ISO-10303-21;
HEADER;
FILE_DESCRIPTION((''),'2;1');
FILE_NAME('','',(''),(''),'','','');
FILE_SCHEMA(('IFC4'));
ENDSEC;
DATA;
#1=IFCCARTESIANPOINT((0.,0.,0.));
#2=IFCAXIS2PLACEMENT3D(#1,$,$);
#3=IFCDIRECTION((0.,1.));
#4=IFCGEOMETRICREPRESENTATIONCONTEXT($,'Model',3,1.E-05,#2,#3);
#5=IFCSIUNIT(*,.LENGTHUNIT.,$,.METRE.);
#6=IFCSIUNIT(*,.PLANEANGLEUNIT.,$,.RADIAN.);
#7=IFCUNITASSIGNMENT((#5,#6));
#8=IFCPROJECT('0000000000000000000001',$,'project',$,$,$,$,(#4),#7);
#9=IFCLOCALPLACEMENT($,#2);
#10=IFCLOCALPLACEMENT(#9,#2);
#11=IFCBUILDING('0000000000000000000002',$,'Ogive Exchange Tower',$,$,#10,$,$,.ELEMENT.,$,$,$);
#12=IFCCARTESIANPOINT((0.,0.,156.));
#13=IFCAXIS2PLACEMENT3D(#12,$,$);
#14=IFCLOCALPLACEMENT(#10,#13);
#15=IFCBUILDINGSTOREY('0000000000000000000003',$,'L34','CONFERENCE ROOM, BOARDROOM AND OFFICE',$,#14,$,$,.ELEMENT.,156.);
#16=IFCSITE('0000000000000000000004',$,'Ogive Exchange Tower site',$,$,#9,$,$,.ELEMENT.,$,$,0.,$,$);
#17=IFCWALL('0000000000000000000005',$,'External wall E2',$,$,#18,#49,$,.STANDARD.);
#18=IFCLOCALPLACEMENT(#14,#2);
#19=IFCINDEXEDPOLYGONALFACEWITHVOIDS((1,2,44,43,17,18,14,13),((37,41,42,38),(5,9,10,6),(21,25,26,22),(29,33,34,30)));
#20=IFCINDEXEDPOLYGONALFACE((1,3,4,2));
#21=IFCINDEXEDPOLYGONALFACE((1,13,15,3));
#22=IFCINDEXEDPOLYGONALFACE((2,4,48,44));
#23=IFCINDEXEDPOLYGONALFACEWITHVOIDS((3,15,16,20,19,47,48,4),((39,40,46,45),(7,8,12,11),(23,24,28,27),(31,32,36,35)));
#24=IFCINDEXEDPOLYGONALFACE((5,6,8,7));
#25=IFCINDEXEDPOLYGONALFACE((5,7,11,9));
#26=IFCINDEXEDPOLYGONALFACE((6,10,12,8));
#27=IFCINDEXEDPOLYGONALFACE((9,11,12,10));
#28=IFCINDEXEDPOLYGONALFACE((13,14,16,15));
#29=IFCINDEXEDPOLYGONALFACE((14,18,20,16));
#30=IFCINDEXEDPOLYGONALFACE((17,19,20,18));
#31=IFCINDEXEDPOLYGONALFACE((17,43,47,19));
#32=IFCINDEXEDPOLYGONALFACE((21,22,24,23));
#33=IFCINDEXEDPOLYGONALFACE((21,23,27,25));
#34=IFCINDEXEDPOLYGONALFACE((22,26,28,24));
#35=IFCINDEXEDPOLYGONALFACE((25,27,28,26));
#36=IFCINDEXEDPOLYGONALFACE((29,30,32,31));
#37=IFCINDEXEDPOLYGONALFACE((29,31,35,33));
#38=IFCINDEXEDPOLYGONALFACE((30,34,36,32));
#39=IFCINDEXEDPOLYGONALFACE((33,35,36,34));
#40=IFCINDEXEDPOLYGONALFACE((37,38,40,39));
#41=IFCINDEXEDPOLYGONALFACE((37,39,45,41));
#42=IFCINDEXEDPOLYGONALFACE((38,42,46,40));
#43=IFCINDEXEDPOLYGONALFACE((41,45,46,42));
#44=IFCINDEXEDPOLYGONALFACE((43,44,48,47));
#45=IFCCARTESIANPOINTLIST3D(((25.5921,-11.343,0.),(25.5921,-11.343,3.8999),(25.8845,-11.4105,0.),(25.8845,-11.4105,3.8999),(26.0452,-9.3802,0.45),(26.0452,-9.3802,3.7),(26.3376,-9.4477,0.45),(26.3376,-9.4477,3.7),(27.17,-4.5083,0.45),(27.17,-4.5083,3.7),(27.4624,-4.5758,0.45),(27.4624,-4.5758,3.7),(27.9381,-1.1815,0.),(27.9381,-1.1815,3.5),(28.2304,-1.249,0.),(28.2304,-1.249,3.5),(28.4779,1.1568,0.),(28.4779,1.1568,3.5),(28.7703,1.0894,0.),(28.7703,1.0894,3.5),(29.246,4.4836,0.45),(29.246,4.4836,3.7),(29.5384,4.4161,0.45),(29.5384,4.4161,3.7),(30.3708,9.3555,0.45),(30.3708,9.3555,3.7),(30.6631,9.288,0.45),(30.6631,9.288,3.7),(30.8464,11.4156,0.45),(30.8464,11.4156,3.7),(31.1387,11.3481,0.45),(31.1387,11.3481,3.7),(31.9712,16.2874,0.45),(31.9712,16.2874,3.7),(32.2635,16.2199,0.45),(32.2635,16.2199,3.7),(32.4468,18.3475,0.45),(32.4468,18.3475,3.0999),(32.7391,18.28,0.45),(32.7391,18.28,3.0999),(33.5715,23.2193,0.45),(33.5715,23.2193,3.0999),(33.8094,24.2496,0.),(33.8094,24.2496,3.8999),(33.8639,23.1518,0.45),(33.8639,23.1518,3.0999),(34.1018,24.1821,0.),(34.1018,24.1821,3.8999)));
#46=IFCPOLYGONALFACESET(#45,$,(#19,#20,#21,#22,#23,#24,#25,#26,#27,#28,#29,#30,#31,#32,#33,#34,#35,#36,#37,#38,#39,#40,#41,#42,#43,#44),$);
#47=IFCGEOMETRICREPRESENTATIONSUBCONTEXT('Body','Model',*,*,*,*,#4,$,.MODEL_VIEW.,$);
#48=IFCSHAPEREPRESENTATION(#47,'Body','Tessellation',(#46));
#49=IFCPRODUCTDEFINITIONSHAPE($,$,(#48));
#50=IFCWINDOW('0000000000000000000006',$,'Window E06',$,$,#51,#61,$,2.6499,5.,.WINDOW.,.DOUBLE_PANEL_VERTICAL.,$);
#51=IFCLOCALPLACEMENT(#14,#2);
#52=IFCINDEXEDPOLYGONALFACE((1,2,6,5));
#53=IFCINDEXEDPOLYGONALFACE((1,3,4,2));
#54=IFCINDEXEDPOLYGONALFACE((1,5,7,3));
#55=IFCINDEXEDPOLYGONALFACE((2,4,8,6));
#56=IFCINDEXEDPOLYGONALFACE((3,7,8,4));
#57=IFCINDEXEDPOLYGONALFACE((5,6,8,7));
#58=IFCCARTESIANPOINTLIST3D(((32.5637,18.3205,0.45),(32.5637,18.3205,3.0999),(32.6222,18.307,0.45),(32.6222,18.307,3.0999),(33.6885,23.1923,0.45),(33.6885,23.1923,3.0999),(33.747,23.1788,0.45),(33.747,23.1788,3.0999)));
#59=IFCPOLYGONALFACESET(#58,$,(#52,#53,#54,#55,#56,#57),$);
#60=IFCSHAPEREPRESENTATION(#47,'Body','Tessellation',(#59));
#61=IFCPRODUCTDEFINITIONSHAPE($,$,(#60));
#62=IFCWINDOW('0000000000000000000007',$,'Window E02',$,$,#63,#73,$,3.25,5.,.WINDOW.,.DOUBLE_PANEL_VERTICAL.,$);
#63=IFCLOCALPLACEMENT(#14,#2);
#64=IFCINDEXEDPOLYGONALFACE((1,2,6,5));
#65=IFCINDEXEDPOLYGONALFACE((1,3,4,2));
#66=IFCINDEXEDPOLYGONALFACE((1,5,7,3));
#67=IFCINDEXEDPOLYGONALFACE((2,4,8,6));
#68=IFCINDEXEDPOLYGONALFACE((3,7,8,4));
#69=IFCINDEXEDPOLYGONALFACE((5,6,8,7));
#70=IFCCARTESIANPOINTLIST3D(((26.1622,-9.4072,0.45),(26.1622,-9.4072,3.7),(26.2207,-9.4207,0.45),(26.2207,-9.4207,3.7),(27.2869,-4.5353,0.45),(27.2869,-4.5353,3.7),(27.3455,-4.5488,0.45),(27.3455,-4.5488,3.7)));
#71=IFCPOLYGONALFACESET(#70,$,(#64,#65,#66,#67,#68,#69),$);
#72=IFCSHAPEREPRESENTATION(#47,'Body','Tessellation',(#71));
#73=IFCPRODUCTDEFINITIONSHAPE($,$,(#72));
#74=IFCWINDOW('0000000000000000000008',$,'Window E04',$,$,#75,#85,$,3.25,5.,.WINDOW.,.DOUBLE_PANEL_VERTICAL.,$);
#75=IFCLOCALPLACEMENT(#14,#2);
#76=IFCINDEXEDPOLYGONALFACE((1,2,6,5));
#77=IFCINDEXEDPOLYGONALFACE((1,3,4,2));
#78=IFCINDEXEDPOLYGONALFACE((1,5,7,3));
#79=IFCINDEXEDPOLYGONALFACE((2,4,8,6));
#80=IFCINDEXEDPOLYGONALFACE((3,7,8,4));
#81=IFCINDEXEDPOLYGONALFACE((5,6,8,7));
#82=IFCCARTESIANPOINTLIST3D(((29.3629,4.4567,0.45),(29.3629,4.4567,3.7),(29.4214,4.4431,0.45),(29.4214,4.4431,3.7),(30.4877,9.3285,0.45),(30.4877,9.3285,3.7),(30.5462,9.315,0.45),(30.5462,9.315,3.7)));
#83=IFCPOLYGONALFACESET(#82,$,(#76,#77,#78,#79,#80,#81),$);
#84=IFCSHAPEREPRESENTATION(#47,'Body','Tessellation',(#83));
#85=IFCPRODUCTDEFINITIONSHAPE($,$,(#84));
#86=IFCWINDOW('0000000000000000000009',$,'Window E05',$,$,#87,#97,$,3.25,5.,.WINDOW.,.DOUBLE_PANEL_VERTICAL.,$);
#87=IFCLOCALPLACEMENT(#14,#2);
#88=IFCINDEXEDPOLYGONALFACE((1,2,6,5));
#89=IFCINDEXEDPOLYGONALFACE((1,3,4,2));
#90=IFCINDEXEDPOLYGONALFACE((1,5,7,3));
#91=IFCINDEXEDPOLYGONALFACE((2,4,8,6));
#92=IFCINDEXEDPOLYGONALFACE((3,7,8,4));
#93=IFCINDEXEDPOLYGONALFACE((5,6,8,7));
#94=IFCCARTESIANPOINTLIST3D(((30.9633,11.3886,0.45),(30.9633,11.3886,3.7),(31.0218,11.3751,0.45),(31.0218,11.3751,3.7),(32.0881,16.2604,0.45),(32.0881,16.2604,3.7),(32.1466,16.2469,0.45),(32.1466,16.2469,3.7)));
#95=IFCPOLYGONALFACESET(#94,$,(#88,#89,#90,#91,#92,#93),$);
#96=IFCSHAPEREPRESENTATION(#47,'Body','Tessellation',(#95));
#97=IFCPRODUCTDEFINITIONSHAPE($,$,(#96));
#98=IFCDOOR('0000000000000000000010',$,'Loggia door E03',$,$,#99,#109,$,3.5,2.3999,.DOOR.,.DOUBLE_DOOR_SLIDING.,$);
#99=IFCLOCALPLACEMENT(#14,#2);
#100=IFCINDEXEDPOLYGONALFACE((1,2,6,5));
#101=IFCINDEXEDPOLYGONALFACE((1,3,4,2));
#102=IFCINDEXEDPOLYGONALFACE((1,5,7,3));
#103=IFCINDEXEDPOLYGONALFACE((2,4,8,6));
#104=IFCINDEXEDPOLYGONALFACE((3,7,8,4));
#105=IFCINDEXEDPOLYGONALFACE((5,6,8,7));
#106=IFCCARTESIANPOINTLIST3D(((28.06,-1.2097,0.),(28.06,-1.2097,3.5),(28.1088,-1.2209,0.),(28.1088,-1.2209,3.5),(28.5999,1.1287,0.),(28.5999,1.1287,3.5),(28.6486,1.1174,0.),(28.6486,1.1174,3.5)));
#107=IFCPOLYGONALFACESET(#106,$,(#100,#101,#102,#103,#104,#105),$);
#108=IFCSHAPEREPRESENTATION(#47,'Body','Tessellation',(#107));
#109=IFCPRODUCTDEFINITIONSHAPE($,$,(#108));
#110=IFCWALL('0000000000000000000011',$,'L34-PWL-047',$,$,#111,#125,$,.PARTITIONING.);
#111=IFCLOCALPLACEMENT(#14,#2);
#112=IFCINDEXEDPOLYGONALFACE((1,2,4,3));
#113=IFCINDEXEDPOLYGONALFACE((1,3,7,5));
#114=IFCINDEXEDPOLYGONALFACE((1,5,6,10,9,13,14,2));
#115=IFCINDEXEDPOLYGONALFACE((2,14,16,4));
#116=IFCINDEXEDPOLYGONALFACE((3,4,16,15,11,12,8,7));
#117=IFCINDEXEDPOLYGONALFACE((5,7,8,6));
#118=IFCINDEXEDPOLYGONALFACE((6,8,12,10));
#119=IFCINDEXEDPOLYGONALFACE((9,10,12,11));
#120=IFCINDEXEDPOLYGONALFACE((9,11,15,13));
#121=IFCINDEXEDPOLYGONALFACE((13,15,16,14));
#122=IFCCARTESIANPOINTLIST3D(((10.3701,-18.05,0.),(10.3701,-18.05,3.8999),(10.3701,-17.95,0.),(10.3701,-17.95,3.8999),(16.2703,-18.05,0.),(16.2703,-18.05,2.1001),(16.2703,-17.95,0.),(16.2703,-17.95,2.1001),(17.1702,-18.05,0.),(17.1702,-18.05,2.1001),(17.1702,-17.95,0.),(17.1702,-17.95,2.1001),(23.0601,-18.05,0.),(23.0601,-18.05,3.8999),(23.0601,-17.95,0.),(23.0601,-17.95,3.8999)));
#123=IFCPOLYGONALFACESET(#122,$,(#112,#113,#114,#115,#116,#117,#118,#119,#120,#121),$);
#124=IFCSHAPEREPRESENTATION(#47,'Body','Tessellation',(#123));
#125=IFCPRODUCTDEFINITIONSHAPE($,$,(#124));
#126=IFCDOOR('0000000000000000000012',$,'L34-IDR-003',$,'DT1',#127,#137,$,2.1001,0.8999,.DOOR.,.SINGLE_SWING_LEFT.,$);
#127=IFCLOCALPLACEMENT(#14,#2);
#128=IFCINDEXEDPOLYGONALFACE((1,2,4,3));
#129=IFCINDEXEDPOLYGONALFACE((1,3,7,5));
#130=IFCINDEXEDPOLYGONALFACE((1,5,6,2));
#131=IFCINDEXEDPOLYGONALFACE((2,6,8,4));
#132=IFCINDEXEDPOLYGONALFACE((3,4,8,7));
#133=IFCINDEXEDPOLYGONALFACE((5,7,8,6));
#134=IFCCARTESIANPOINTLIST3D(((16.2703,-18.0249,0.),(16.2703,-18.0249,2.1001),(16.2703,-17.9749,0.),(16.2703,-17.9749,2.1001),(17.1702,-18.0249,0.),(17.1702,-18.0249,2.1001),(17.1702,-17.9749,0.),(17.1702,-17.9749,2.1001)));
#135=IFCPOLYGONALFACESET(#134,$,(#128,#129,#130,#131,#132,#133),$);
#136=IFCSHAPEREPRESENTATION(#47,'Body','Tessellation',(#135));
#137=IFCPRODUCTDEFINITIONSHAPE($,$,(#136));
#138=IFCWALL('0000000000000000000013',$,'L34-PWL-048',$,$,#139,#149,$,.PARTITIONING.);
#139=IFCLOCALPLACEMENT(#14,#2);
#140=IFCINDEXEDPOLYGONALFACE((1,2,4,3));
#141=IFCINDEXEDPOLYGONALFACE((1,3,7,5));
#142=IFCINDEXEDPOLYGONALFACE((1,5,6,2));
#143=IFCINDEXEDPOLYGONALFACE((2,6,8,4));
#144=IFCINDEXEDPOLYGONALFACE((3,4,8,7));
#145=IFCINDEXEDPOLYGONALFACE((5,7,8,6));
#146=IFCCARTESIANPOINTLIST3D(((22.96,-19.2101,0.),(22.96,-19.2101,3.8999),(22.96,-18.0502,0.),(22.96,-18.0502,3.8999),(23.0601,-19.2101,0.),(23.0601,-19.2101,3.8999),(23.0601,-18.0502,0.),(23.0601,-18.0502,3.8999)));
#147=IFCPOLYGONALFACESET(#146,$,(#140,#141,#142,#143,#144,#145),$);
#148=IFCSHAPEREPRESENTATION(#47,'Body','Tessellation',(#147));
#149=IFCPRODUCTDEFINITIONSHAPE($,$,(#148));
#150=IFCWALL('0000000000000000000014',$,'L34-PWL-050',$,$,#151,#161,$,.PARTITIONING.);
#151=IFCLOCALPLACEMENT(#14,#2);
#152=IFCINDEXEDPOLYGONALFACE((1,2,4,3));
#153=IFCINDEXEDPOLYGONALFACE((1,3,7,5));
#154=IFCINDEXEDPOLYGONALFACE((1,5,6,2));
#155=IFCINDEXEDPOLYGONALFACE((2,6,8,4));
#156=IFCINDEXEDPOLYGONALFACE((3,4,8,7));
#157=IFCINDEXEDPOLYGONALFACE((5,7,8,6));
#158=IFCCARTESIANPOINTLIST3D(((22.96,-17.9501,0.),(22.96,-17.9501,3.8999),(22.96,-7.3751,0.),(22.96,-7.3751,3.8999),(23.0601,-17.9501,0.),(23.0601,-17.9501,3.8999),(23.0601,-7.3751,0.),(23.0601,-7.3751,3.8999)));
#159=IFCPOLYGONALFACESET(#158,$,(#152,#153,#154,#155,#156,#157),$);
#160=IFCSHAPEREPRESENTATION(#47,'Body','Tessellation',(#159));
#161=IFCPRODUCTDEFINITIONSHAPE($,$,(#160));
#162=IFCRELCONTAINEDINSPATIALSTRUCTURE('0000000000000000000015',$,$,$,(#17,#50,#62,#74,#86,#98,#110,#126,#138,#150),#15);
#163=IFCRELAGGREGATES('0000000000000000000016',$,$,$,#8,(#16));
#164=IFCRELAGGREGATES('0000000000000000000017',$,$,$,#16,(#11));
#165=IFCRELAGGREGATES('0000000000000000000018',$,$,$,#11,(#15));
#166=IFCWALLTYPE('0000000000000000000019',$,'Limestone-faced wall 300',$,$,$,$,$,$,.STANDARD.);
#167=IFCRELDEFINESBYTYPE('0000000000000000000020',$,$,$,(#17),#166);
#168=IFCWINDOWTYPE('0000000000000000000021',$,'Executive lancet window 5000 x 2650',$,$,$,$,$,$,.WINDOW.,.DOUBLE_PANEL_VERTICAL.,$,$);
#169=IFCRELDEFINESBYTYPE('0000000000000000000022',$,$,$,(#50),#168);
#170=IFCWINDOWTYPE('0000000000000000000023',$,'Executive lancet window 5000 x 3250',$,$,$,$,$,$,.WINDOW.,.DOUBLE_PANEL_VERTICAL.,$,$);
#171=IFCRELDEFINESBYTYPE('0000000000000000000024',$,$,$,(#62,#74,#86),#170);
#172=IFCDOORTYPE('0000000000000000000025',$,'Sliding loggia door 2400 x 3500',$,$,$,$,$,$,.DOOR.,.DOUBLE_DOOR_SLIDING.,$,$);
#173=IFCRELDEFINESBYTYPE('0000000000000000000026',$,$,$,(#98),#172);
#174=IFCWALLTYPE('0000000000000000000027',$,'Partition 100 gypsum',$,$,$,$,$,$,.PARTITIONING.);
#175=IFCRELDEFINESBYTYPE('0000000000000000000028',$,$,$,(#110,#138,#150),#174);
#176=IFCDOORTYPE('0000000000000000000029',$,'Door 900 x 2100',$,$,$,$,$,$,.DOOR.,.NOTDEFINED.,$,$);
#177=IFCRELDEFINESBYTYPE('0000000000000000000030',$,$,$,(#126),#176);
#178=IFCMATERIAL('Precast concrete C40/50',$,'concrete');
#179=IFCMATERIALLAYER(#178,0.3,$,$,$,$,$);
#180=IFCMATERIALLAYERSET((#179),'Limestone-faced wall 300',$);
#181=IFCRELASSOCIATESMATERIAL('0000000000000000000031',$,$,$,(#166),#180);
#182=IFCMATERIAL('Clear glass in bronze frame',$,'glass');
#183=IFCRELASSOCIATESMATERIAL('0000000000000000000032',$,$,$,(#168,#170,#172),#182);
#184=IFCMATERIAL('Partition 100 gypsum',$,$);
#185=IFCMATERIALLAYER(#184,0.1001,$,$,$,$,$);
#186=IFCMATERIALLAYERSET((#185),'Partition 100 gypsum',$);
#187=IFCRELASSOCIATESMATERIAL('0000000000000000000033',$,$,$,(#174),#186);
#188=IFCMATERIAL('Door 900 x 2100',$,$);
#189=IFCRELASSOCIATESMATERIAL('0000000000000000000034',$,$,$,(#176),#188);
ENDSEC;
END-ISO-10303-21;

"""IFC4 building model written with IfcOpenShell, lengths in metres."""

from ifc_helpers import new_model, si_unit, direction, frame, frame_2d, origin, place, context, subcontext, project, spatial, rectangle, extrude, material, layer, layer_set, type_object, element, fill, save


model = new_model("IFC4")

# Units and contexts
model_context = context("Model", 3, precision=1e-05, world=origin(), true_north=direction((0.0, 1.0)))
body_context = subcontext(model_context, "Body", "Model", "MODEL_VIEW")
ifc_project = project(units=[si_unit("LENGTHUNIT", "METRE"), si_unit("PLANEANGLEUNIT", "RADIAN")], contexts=[model_context])

# Site, building, storey
site_placement = place(None, origin())
site = spatial("IfcSite", under=ifc_project, at=site_placement, Name="Ogive Exchange Tower site", CompositionType="ELEMENT", RefElevation=0.0)
building_placement = place(site_placement, origin())
building = spatial("IfcBuilding", under=site, at=building_placement, Name="Ogive Exchange Tower", CompositionType="ELEMENT")
storey_placement = place(building_placement, frame((0.0, 0.0, 156.0)))
storey = spatial("IfcBuildingStorey", under=building, at=storey_placement, Name="L34", Description="CONFERENCE ROOM, BOARDROOM AND OFFICE", CompositionType="ELEMENT", Elevation=156.0)

# Shared definitions
ifc_material_1 = material(Name="Precast concrete C40/50", Category="concrete")
ifc_layer_1 = layer(ifc_material_1, 0.3)
ifc_layer_set_1 = layer_set([ifc_layer_1], Name="Limestone-faced wall 300")
wall_type_1 = type_object("IfcWallType", Name="Limestone-faced wall 300", PredefinedType="STANDARD", material=ifc_layer_set_1)
ifc_material_2 = material(Name="Clear glass in bronze frame", Category="glass")

# Wall, openings, windows, door
wall_1_placement = place(storey_placement, frame((25.7383, -11.3767, 0.0), z_axis=(0.0, 0.0, 1.0), x_axis=(0.224954, 0.974369, 0.0)))
wall_1 = element("IfcWall", 1, at=wall_1_placement, inside=storey, type_object=wall_type_1, Name="External wall E2", PredefinedType="STANDARD", context=body_context, shape_type="SweptSolid", body=[
    extrude(rectangle(XDim=36.5288, YDim=0.3, at=frame_2d((18.2644, 0.0))), origin(), (0.0, 0.0, 1.0), 3.8999),
])
opening_1_placement = place(wall_1_placement, frame((2.0144, 0.0, 0.45)))
opening_1 = element("IfcOpeningElement", 2, at=opening_1_placement, cuts=wall_1, PredefinedType="OPENING", context=body_context, shape_type="SweptSolid", body=[
    extrude(rectangle(XDim=5.0, YDim=3.25, at=frame_2d((2.5, 1.625))), frame((0.0, 0.1599, 0.0), z_axis=(0.0, -1.0, 0.0), x_axis=(1.0, 0.0, 0.0)), (0.0, 0.0, 1.0), 0.3201),
])
opening_2_placement = place(wall_1_placement, frame((10.4287, 0.0, 0.0)))
opening_2 = element("IfcOpeningElement", 3, at=opening_2_placement, cuts=wall_1, PredefinedType="OPENING", context=body_context, shape_type="SweptSolid", body=[
    extrude(rectangle(XDim=2.3999, YDim=3.5, at=frame_2d((1.2, 1.75))), frame((0.0, 0.1599, 0.0), z_axis=(0.0, -1.0, 0.0), x_axis=(1.0, 0.0, 0.0)), (0.0, 0.0, 1.0), 0.3201),
])
opening_3_placement = place(wall_1_placement, frame((16.2429, 0.0, 0.45)))
opening_3 = element("IfcOpeningElement", 4, at=opening_3_placement, cuts=wall_1, PredefinedType="OPENING", context=body_context, shape_type="SweptSolid", body=[
    extrude(rectangle(XDim=5.0, YDim=3.25, at=frame_2d((2.5, 1.625))), frame((0.0, 0.1599, 0.0), z_axis=(0.0, -1.0, 0.0), x_axis=(1.0, 0.0, 0.0)), (0.0, 0.0, 1.0), 0.3201),
])
opening_4_placement = place(wall_1_placement, frame((23.3572, 0.0, 0.45)))
opening_4 = element("IfcOpeningElement", 5, at=opening_4_placement, cuts=wall_1, PredefinedType="OPENING", context=body_context, shape_type="SweptSolid", body=[
    extrude(rectangle(XDim=5.0, YDim=3.25, at=frame_2d((2.5, 1.625))), frame((0.0, 0.1599, 0.0), z_axis=(0.0, -1.0, 0.0), x_axis=(1.0, 0.0, 0.0)), (0.0, 0.0, 1.0), 0.3201),
])
opening_5_placement = place(wall_1_placement, frame((30.4714, 0.0, 0.45)))
opening_5 = element("IfcOpeningElement", 6, at=opening_5_placement, cuts=wall_1, PredefinedType="OPENING", context=body_context, shape_type="SweptSolid", body=[
    extrude(rectangle(XDim=5.0, YDim=2.6499, at=frame_2d((2.5, 1.325))), frame((0.0, 0.1599, 0.0), z_axis=(0.0, -1.0, 0.0), x_axis=(1.0, 0.0, 0.0)), (0.0, 0.0, 1.0), 0.3201),
])
window_type_1 = type_object("IfcWindowType", Name="Executive lancet window 5000 x 2650", PartitioningType="DOUBLE_PANEL_VERTICAL", PredefinedType="WINDOW", material=ifc_material_2)
window_1_placement = place(opening_5_placement, origin())
window_1 = element("IfcWindow", 7, at=window_1_placement, inside=storey, type_object=window_type_1, Name="Window E06", OverallHeight=2.6499, OverallWidth=5.0, PartitioningType="DOUBLE_PANEL_VERTICAL", PredefinedType="WINDOW", context=body_context, shape_type="SweptSolid", body=[
    extrude(rectangle(XDim=5.0, YDim=2.6499, at=frame_2d((2.5, 1.325))), frame((0.0, 0.03, 0.0), z_axis=(0.0, -1.0, 0.0), x_axis=(1.0, 0.0, 0.0)), (0.0, 0.0, 1.0), 0.0601),
])
fill(opening_5, window_1)
window_type_2 = type_object("IfcWindowType", Name="Executive lancet window 5000 x 3250", PartitioningType="DOUBLE_PANEL_VERTICAL", PredefinedType="WINDOW", material=ifc_material_2)
window_2_placement = place(opening_1_placement, origin())
window_2 = element("IfcWindow", 8, at=window_2_placement, inside=storey, type_object=window_type_2, Name="Window E02", OverallHeight=3.25, OverallWidth=5.0, PartitioningType="DOUBLE_PANEL_VERTICAL", PredefinedType="WINDOW", context=body_context, shape_type="SweptSolid", body=[
    extrude(rectangle(XDim=5.0, YDim=3.25, at=frame_2d((2.5, 1.625))), frame((0.0, 0.03, 0.0), z_axis=(0.0, -1.0, 0.0), x_axis=(1.0, 0.0, 0.0)), (0.0, 0.0, 1.0), 0.0601),
])
fill(opening_1, window_2)
window_3_placement = place(opening_3_placement, origin())
window_3 = element("IfcWindow", 9, at=window_3_placement, inside=storey, type_object=window_type_2, Name="Window E04", OverallHeight=3.25, OverallWidth=5.0, PartitioningType="DOUBLE_PANEL_VERTICAL", PredefinedType="WINDOW", context=body_context, shape_type="SweptSolid", body=[
    extrude(rectangle(XDim=5.0, YDim=3.25, at=frame_2d((2.5, 1.625))), frame((0.0, 0.03, 0.0), z_axis=(0.0, -1.0, 0.0), x_axis=(1.0, 0.0, 0.0)), (0.0, 0.0, 1.0), 0.0601),
])
fill(opening_3, window_3)
window_4_placement = place(opening_4_placement, origin())
window_4 = element("IfcWindow", 10, at=window_4_placement, inside=storey, type_object=window_type_2, Name="Window E05", OverallHeight=3.25, OverallWidth=5.0, PartitioningType="DOUBLE_PANEL_VERTICAL", PredefinedType="WINDOW", context=body_context, shape_type="SweptSolid", body=[
    extrude(rectangle(XDim=5.0, YDim=3.25, at=frame_2d((2.5, 1.625))), frame((0.0, 0.03, 0.0), z_axis=(0.0, -1.0, 0.0), x_axis=(1.0, 0.0, 0.0)), (0.0, 0.0, 1.0), 0.0601),
])
fill(opening_4, window_4)
door_type_1 = type_object("IfcDoorType", Name="Sliding loggia door 2400 x 3500", OperationType="DOUBLE_DOOR_SLIDING", PredefinedType="DOOR", material=ifc_material_2)
door_1_placement = place(opening_2_placement, origin())
door_1 = element("IfcDoor", 11, at=door_1_placement, inside=storey, type_object=door_type_1, Name="Loggia door E03", OperationType="DOUBLE_DOOR_SLIDING", OverallHeight=3.5, OverallWidth=2.3999, PredefinedType="DOOR", context=body_context, shape_type="SweptSolid", body=[
    extrude(rectangle(XDim=2.3999, YDim=3.5, at=frame_2d((1.2, 1.75))), frame((0.0, 0.0249, 0.0), z_axis=(0.0, -1.0, 0.0), x_axis=(1.0, 0.0, 0.0)), (0.0, 0.0, 1.0), 0.05),
])
fill(opening_2, door_1)

# Wall, opening, door
ifc_material_3 = material(Name="Partition 100 gypsum")
ifc_layer_2 = layer(ifc_material_3, 0.1001)
ifc_layer_set_2 = layer_set([ifc_layer_2], Name="Partition 100 gypsum")
wall_type_2 = type_object("IfcWallType", Name="Partition 100 gypsum", PredefinedType="PARTITIONING", material=ifc_layer_set_2)
wall_2_placement = place(storey_placement, frame((23.0601, -18.0, 0.0), z_axis=(0.0, 0.0, 1.0), x_axis=(-1.0, 0.0, 0.0)))
wall_2 = element("IfcWall", 12, at=wall_2_placement, inside=storey, type_object=wall_type_2, Name="L34-PWL-047", PredefinedType="PARTITIONING", context=body_context, shape_type="SweptSolid", body=[
    extrude(rectangle(XDim=12.6899, YDim=0.1001, at=frame_2d((6.345, 0.0))), origin(), (0.0, 0.0, 1.0), 3.8999),
])
opening_6_placement = place(wall_2_placement, frame((5.8899, 0.0, 0.0)))
opening_6 = element("IfcOpeningElement", 13, at=opening_6_placement, cuts=wall_2, PredefinedType="OPENING", context=body_context, shape_type="SweptSolid", body=[
    extrude(rectangle(XDim=0.8999, YDim=2.1001, at=frame_2d((0.45, 1.05))), frame((0.0, 0.0601, 0.0), z_axis=(0.0, -1.0, 0.0), x_axis=(1.0, 0.0, 0.0)), (0.0, 0.0, 1.0), 0.1201),
])
ifc_material_4 = material(Name="Door 900 x 2100")
door_type_2 = type_object("IfcDoorType", Name="Door 900 x 2100", OperationType="NOTDEFINED", PredefinedType="DOOR", material=ifc_material_4)
door_2_placement = place(opening_6_placement, origin())
door_2 = element("IfcDoor", 14, at=door_2_placement, inside=storey, type_object=door_type_2, Name="L34-IDR-003", ObjectType="DT1", OperationType="SINGLE_SWING_LEFT", OverallHeight=2.1001, OverallWidth=0.8999, PredefinedType="DOOR", context=body_context, shape_type="SweptSolid", body=[
    extrude(rectangle(XDim=0.8999, YDim=2.1001, at=frame_2d((0.45, 1.05))), frame((0.0, 0.0249, 0.0), z_axis=(0.0, -1.0, 0.0), x_axis=(1.0, 0.0, 0.0)), (0.0, 0.0, 1.0), 0.05),
])
fill(opening_6, door_2)

# Walls
wall_3_placement = place(storey_placement, frame((23.01, -18.05, 0.0), z_axis=(0.0, 0.0, 1.0), x_axis=(0.0, -1.0, 0.0)))
element("IfcWall", 15, at=wall_3_placement, inside=storey, type_object=wall_type_2, Name="L34-PWL-048", PredefinedType="PARTITIONING", context=body_context, shape_type="SweptSolid", body=[
    extrude(rectangle(XDim=1.1599, YDim=0.1001, at=frame_2d((0.5801, 0.0))), origin(), (0.0, 0.0, 1.0), 3.8999),
])
wall_4_placement = place(storey_placement, frame((23.01, -7.375, 0.0), z_axis=(0.0, 0.0, 1.0), x_axis=(0.0, -1.0, 0.0)))
element("IfcWall", 16, at=wall_4_placement, inside=storey, type_object=wall_type_2, Name="L34-PWL-050", PredefinedType="PARTITIONING", context=body_context, shape_type="SweptSolid", body=[
    extrude(rectangle(XDim=10.575, YDim=0.1001, at=frame_2d((5.2876, 0.0))), origin(), (0.0, 0.0, 1.0), 3.8999),
])

save(model, "model.ifc")
